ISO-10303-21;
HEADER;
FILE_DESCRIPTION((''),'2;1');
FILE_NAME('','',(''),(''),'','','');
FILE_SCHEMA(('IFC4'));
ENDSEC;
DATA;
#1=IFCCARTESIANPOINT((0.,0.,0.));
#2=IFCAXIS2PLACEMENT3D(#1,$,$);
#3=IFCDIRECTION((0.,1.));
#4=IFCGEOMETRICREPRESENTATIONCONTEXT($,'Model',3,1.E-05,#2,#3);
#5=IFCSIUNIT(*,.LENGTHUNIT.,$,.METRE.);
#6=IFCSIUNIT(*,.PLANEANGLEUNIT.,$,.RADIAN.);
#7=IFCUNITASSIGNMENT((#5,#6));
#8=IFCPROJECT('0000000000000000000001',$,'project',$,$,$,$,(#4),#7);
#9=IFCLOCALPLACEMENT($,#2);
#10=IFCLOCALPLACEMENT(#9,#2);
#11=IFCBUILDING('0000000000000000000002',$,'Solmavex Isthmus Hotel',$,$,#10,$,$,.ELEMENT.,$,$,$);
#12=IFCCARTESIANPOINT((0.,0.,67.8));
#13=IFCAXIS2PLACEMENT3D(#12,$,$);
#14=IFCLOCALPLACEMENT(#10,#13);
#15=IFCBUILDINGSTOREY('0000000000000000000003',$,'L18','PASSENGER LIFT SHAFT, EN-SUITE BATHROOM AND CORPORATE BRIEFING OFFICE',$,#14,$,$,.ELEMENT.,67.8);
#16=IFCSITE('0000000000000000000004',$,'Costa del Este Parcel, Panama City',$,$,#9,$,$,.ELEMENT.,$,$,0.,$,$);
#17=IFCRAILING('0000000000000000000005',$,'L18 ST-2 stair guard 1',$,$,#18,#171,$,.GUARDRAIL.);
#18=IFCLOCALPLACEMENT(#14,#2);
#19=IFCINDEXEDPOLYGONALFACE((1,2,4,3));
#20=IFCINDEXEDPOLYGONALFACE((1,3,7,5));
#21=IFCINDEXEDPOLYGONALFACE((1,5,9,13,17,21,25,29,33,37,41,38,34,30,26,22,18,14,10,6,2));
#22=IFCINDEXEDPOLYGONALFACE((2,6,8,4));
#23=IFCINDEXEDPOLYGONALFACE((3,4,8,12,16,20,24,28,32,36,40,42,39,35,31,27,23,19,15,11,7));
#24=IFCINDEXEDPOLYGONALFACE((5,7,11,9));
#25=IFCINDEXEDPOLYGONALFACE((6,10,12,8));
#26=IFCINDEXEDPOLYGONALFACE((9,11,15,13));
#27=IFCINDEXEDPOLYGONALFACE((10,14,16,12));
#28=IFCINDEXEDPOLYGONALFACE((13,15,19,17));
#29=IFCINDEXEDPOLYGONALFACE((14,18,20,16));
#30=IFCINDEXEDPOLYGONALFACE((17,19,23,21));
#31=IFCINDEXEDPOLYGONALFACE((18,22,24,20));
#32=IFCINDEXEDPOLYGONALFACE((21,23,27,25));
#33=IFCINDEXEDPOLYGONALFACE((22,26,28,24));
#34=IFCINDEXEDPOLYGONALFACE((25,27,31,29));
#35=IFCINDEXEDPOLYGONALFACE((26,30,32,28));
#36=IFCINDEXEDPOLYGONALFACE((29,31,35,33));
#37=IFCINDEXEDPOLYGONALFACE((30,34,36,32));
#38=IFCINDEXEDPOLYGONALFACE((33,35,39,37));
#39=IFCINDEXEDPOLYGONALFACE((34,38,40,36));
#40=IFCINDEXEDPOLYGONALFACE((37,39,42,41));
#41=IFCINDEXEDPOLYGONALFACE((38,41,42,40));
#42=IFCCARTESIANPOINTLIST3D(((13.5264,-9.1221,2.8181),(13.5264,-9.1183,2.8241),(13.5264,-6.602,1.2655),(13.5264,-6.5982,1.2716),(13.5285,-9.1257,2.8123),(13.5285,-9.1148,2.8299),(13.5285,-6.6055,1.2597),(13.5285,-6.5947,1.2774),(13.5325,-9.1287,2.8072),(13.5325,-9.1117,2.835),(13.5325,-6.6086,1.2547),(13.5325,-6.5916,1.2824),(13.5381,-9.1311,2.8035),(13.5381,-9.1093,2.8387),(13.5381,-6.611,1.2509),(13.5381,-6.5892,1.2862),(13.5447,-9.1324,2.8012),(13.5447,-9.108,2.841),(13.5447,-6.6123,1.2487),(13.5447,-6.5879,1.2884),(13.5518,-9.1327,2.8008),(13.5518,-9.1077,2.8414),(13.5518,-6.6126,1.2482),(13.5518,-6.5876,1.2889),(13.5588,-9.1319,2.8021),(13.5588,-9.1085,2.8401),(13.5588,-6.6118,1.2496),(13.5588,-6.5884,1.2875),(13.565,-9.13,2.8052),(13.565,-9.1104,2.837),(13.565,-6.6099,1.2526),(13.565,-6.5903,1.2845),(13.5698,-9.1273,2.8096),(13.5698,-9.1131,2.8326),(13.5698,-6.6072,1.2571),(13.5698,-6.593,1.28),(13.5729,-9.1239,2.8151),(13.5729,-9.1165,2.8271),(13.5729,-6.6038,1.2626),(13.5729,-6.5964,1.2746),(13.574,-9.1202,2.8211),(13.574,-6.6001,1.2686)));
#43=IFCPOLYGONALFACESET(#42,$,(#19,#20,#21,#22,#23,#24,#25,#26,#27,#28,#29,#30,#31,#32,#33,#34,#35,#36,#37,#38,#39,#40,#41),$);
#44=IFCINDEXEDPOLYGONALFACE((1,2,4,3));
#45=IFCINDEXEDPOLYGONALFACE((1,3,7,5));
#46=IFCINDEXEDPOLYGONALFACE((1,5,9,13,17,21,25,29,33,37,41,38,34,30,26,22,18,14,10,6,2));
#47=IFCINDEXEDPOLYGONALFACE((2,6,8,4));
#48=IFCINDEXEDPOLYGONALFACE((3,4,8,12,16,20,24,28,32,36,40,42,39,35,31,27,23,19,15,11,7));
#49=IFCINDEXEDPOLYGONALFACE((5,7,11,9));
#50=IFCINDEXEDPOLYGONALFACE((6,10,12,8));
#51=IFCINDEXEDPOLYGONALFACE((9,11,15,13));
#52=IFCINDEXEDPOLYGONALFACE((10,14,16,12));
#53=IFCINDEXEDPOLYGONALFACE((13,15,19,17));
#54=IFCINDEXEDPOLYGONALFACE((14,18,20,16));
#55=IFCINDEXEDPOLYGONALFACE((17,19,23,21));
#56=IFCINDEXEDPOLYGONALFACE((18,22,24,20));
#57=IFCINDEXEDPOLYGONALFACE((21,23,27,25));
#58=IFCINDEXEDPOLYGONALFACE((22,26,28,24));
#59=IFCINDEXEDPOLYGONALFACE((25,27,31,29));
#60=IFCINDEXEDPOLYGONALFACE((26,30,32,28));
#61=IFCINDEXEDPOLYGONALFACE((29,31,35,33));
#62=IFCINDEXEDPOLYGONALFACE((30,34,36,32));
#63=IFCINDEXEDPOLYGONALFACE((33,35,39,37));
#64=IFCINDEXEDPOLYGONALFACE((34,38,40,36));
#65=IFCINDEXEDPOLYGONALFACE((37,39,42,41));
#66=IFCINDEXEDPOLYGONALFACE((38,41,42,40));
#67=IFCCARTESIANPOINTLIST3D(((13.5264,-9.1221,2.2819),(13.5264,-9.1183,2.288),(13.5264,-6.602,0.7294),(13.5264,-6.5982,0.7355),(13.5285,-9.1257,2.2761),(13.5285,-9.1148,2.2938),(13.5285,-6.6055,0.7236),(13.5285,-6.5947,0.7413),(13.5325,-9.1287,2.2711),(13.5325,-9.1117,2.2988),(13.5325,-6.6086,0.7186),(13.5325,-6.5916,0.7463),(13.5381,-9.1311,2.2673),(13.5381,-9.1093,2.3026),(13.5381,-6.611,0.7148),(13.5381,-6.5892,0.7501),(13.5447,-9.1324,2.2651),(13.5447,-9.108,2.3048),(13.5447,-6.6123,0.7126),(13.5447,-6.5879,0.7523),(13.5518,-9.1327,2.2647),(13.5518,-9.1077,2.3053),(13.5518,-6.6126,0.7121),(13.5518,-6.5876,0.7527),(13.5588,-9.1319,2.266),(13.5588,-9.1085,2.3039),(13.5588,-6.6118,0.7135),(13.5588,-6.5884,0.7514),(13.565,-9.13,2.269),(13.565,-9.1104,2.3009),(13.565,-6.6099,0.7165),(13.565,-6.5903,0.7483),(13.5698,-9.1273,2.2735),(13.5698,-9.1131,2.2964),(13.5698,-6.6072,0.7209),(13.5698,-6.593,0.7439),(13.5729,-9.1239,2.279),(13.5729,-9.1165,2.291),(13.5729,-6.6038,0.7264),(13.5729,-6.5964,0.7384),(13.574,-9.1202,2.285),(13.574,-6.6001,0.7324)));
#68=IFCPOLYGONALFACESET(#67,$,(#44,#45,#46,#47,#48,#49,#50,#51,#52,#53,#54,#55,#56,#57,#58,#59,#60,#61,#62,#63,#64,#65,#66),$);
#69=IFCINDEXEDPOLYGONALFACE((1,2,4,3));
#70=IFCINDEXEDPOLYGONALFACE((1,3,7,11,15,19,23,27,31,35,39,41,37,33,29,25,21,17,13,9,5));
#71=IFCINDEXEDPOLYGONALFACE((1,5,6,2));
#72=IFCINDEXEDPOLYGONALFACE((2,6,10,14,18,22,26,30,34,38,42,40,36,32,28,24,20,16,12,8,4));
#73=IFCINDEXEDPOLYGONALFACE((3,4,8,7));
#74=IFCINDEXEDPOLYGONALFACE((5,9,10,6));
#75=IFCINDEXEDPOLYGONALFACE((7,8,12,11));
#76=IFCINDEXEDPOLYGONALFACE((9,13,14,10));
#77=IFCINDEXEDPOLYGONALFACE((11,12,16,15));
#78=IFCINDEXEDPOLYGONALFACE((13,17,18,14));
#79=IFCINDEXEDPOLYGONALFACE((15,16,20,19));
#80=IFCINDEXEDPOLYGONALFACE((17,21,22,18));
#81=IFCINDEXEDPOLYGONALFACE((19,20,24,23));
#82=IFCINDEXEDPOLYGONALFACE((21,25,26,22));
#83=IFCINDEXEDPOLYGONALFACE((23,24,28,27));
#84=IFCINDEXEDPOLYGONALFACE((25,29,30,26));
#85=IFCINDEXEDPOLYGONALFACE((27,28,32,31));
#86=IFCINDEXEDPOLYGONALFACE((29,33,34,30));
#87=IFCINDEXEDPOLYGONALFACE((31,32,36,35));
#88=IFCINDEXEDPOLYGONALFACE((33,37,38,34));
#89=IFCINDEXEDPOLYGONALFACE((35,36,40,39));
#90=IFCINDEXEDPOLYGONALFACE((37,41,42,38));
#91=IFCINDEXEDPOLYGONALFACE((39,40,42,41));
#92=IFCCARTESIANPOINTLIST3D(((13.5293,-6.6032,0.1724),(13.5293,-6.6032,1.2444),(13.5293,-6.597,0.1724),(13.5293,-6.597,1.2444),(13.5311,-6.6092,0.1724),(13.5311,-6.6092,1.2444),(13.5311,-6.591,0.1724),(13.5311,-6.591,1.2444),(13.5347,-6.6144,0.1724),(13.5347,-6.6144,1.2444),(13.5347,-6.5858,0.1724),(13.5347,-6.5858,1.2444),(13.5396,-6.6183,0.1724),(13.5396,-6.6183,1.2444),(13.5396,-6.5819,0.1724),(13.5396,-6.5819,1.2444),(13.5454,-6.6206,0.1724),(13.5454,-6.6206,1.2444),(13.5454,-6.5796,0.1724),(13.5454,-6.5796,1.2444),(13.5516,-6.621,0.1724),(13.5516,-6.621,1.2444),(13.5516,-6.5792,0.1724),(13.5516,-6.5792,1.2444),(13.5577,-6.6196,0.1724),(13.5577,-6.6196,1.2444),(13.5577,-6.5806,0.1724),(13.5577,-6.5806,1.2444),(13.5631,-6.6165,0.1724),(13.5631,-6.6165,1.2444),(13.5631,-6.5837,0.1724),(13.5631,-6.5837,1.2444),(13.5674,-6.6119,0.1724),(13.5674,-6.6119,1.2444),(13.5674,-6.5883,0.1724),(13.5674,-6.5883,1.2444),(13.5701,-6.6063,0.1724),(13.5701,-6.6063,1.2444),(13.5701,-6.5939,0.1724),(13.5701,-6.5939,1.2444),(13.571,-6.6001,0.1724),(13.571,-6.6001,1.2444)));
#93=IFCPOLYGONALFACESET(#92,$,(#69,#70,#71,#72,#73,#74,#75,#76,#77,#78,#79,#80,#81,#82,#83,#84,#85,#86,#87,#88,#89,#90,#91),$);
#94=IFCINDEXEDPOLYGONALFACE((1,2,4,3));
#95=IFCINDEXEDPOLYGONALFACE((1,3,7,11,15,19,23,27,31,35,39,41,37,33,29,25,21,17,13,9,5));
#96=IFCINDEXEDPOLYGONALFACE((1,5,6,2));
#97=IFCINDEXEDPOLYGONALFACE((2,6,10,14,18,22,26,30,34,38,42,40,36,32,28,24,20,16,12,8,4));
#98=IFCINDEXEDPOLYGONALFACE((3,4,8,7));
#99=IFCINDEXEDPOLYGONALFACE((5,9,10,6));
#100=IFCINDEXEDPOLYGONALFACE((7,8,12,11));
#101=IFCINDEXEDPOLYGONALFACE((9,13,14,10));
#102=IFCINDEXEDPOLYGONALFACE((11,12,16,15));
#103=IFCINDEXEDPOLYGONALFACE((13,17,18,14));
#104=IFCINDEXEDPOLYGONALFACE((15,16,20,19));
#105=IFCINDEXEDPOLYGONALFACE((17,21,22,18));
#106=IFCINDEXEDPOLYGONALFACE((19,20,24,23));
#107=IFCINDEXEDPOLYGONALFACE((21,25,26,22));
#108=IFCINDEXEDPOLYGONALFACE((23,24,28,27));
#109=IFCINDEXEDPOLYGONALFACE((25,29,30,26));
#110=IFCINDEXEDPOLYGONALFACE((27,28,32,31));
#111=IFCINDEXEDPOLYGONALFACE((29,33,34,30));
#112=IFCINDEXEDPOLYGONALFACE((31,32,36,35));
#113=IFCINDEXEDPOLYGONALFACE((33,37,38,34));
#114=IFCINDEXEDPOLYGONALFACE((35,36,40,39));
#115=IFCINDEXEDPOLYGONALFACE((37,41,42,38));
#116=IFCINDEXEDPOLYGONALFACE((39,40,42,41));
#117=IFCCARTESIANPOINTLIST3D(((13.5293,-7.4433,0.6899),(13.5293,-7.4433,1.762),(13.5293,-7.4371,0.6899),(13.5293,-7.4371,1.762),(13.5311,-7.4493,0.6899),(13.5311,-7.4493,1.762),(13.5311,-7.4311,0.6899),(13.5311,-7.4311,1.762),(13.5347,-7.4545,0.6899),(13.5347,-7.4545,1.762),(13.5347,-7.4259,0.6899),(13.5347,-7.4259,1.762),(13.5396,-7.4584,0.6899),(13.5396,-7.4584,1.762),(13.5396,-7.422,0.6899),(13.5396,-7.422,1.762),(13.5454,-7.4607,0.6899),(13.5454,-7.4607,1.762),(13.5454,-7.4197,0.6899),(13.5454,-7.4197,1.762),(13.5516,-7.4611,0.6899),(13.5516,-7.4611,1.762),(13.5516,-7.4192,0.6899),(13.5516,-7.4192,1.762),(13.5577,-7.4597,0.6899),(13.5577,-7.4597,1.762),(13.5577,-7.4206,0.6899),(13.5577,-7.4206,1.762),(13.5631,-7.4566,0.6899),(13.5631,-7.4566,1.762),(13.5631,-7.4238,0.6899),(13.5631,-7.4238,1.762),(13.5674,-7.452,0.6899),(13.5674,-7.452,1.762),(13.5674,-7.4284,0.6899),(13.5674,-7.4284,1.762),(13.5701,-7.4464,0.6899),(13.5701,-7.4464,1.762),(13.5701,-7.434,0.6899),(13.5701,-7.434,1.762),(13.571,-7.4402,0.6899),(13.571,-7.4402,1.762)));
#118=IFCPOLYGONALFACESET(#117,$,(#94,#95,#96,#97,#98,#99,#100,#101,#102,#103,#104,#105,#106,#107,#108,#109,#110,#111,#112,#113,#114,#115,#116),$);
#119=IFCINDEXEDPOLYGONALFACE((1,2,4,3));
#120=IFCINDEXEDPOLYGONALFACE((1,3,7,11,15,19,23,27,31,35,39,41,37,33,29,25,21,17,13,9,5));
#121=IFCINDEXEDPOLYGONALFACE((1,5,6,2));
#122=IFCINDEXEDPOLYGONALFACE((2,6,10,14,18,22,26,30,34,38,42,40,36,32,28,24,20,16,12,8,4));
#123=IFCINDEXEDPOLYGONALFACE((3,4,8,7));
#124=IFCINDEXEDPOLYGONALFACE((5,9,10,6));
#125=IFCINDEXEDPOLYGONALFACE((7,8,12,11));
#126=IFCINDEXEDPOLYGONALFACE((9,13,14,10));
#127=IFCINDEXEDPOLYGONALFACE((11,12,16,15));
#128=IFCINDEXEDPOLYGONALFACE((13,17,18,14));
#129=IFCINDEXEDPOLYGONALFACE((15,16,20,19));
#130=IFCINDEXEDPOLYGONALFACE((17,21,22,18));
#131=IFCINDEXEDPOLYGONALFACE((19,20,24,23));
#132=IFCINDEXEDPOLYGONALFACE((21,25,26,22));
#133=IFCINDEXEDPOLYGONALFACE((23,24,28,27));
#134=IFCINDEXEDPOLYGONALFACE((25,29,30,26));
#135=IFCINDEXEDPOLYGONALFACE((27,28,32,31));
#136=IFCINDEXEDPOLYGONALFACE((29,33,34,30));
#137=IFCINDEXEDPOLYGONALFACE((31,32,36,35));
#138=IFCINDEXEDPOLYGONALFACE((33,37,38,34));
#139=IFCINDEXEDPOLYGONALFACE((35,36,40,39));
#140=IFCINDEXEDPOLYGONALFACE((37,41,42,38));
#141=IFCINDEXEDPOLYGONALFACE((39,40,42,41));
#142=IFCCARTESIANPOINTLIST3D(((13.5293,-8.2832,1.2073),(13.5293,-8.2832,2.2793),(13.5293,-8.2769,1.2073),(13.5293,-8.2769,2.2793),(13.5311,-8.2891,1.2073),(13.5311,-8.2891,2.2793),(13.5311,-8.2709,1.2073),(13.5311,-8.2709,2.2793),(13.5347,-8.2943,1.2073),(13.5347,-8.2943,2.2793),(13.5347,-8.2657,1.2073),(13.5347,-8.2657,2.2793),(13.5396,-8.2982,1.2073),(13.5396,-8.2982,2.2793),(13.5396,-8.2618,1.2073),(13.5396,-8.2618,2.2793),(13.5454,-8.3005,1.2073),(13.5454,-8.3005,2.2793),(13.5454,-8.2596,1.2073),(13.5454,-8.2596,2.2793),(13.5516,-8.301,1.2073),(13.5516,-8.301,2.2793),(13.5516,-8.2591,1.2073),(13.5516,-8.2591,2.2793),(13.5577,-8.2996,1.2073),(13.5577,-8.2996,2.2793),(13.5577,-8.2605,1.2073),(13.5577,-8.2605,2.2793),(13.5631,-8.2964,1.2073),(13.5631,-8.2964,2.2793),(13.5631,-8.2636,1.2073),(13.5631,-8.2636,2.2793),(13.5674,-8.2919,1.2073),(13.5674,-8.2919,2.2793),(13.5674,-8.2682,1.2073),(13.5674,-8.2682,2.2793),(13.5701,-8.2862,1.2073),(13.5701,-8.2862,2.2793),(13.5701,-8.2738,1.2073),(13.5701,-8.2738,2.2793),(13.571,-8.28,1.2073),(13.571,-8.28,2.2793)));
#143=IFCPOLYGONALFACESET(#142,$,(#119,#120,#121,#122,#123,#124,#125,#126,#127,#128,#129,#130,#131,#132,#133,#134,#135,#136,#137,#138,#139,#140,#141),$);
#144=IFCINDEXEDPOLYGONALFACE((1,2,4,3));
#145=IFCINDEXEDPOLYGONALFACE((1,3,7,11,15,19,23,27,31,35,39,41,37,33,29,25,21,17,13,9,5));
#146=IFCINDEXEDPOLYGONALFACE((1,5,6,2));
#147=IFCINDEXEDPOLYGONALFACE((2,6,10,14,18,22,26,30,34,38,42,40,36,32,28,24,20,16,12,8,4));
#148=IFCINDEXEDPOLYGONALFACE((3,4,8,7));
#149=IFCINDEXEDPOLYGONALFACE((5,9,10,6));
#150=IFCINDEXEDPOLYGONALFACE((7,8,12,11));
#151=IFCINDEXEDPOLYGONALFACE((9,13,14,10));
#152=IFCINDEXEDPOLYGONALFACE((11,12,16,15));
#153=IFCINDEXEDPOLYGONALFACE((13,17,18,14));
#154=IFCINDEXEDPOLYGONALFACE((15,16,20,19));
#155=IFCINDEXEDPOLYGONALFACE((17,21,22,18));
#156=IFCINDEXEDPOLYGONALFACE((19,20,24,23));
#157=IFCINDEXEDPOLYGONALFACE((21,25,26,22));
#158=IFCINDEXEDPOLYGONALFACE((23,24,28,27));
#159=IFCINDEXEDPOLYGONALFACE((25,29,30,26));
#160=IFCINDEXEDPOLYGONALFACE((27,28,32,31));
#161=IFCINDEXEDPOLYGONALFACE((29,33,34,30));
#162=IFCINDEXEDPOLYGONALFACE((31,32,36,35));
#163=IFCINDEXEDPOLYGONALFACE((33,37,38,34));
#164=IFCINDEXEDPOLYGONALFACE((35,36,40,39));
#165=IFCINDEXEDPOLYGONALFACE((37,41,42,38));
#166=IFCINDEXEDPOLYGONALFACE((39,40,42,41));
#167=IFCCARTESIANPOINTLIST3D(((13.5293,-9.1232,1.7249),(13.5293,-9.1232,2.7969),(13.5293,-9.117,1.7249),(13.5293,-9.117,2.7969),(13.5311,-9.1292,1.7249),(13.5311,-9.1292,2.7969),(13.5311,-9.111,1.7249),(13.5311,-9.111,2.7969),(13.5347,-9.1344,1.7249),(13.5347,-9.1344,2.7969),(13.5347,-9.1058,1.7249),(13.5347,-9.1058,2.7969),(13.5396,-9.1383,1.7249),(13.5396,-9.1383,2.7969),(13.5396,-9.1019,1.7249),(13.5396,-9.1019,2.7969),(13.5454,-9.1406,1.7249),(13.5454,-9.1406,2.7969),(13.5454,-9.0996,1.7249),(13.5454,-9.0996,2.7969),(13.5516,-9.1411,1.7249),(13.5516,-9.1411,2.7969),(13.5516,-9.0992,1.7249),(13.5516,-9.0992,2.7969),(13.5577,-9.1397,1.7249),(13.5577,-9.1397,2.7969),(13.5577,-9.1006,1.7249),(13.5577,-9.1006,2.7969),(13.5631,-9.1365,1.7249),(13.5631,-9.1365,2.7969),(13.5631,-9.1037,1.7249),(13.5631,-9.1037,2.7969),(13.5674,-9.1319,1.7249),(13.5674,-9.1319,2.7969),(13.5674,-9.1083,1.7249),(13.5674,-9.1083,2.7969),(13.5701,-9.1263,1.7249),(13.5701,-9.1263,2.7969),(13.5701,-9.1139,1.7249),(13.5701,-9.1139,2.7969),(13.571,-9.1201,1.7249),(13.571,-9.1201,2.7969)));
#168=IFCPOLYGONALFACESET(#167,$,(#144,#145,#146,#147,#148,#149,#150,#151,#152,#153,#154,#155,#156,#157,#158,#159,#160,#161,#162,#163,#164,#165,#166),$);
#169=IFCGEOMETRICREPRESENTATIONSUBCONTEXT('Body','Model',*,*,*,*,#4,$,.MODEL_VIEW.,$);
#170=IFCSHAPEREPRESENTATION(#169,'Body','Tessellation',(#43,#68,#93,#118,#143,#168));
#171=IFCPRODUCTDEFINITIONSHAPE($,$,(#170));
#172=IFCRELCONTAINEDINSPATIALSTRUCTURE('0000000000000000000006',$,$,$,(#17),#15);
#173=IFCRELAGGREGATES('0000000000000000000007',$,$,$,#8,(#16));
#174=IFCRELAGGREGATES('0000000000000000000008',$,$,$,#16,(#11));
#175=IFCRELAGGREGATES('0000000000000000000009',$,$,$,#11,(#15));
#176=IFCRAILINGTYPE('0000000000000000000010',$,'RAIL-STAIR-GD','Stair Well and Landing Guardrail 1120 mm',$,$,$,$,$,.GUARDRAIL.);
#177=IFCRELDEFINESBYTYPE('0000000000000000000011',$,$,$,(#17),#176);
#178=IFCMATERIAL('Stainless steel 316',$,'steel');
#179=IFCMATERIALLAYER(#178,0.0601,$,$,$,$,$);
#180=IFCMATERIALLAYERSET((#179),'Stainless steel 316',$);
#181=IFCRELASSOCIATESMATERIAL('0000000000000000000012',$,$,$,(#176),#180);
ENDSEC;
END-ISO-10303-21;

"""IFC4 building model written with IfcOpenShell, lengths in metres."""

from ifc_helpers import new_model, si_unit, direction, frame, origin, origin_2d, place, context, subcontext, project, spatial, circle, extrude, material, layer, layer_set, type_object, element, save


model = new_model("IFC4")

# Units and contexts
model_context = context("Model", 3, precision=1e-05, world=origin(), true_north=direction((0.0, 1.0)))
body_context = subcontext(model_context, "Body", "Model", "MODEL_VIEW")
ifc_project = project(units=[si_unit("LENGTHUNIT", "METRE"), si_unit("PLANEANGLEUNIT", "RADIAN")], contexts=[model_context])

# Site, building, storey
site_placement = place(None, origin())
site = spatial("IfcSite", under=ifc_project, at=site_placement, Name="Costa del Este Parcel, Panama City", CompositionType="ELEMENT", RefElevation=0.0)
building_placement = place(site_placement, origin())
building = spatial("IfcBuilding", under=site, at=building_placement, Name="Solmavex Isthmus Hotel", CompositionType="ELEMENT")
storey_placement = place(building_placement, frame((0.0, 0.0, 67.8)))
storey = spatial("IfcBuildingStorey", under=building, at=storey_placement, Name="L18", Description="PASSENGER LIFT SHAFT, EN-SUITE BATHROOM AND CORPORATE BRIEFING OFFICE", CompositionType="ELEMENT", Elevation=67.8)

# Railing
ifc_material_1 = material(Name="Stainless steel 316", Category="steel")
ifc_layer_1 = layer(ifc_material_1, 0.0601)
ifc_layer_set_1 = layer_set([ifc_layer_1], Name="Stainless steel 316")
railing_type_1 = type_object("IfcRailingType", Name="RAIL-STAIR-GD", Description="Stair Well and Landing Guardrail 1120 mm", PredefinedType="GUARDRAIL", material=ifc_layer_set_1)
railing_1_placement = place(storey_placement, frame((13.55, -6.6001, 0.1724)))
element("IfcRailing", 1, at=railing_1_placement, inside=storey, type_object=railing_type_1, Name="L18 ST-2 stair guard 1", PredefinedType="GUARDRAIL", context=body_context, shape_type="SweptSolid", body=[
    extrude(circle(Radius=0.0239, at=origin_2d()), frame((0.0, 0.0, 1.0962), z_axis=(0.0, -0.8514, 0.524516), x_axis=(1.0, 0.0, 0.0)), (0.0, 0.0, 1.0), 2.96),
    extrude(circle(Radius=0.0239, at=origin_2d()), frame((0.0, 0.0, 0.5601), z_axis=(0.0, -0.8514, 0.524516), x_axis=(1.0, 0.0, 0.0)), (0.0, 0.0, 1.0), 2.96),
    extrude(circle(Radius=0.021, at=origin_2d()), origin(), (0.0, 0.0, 1.0), 1.072),
    extrude(circle(Radius=0.021, at=origin_2d()), frame((0.0, -0.8401, 0.5176)), (0.0, 0.0, 1.0), 1.072),
    extrude(circle(Radius=0.021, at=origin_2d()), frame((0.0, -1.6799, 1.0349)), (0.0, 0.0, 1.0), 1.072),
    extrude(circle(Radius=0.021, at=origin_2d()), frame((0.0, -2.52, 1.5525)), (0.0, 0.0, 1.0), 1.072),
])

save(model, "model.ifc")
